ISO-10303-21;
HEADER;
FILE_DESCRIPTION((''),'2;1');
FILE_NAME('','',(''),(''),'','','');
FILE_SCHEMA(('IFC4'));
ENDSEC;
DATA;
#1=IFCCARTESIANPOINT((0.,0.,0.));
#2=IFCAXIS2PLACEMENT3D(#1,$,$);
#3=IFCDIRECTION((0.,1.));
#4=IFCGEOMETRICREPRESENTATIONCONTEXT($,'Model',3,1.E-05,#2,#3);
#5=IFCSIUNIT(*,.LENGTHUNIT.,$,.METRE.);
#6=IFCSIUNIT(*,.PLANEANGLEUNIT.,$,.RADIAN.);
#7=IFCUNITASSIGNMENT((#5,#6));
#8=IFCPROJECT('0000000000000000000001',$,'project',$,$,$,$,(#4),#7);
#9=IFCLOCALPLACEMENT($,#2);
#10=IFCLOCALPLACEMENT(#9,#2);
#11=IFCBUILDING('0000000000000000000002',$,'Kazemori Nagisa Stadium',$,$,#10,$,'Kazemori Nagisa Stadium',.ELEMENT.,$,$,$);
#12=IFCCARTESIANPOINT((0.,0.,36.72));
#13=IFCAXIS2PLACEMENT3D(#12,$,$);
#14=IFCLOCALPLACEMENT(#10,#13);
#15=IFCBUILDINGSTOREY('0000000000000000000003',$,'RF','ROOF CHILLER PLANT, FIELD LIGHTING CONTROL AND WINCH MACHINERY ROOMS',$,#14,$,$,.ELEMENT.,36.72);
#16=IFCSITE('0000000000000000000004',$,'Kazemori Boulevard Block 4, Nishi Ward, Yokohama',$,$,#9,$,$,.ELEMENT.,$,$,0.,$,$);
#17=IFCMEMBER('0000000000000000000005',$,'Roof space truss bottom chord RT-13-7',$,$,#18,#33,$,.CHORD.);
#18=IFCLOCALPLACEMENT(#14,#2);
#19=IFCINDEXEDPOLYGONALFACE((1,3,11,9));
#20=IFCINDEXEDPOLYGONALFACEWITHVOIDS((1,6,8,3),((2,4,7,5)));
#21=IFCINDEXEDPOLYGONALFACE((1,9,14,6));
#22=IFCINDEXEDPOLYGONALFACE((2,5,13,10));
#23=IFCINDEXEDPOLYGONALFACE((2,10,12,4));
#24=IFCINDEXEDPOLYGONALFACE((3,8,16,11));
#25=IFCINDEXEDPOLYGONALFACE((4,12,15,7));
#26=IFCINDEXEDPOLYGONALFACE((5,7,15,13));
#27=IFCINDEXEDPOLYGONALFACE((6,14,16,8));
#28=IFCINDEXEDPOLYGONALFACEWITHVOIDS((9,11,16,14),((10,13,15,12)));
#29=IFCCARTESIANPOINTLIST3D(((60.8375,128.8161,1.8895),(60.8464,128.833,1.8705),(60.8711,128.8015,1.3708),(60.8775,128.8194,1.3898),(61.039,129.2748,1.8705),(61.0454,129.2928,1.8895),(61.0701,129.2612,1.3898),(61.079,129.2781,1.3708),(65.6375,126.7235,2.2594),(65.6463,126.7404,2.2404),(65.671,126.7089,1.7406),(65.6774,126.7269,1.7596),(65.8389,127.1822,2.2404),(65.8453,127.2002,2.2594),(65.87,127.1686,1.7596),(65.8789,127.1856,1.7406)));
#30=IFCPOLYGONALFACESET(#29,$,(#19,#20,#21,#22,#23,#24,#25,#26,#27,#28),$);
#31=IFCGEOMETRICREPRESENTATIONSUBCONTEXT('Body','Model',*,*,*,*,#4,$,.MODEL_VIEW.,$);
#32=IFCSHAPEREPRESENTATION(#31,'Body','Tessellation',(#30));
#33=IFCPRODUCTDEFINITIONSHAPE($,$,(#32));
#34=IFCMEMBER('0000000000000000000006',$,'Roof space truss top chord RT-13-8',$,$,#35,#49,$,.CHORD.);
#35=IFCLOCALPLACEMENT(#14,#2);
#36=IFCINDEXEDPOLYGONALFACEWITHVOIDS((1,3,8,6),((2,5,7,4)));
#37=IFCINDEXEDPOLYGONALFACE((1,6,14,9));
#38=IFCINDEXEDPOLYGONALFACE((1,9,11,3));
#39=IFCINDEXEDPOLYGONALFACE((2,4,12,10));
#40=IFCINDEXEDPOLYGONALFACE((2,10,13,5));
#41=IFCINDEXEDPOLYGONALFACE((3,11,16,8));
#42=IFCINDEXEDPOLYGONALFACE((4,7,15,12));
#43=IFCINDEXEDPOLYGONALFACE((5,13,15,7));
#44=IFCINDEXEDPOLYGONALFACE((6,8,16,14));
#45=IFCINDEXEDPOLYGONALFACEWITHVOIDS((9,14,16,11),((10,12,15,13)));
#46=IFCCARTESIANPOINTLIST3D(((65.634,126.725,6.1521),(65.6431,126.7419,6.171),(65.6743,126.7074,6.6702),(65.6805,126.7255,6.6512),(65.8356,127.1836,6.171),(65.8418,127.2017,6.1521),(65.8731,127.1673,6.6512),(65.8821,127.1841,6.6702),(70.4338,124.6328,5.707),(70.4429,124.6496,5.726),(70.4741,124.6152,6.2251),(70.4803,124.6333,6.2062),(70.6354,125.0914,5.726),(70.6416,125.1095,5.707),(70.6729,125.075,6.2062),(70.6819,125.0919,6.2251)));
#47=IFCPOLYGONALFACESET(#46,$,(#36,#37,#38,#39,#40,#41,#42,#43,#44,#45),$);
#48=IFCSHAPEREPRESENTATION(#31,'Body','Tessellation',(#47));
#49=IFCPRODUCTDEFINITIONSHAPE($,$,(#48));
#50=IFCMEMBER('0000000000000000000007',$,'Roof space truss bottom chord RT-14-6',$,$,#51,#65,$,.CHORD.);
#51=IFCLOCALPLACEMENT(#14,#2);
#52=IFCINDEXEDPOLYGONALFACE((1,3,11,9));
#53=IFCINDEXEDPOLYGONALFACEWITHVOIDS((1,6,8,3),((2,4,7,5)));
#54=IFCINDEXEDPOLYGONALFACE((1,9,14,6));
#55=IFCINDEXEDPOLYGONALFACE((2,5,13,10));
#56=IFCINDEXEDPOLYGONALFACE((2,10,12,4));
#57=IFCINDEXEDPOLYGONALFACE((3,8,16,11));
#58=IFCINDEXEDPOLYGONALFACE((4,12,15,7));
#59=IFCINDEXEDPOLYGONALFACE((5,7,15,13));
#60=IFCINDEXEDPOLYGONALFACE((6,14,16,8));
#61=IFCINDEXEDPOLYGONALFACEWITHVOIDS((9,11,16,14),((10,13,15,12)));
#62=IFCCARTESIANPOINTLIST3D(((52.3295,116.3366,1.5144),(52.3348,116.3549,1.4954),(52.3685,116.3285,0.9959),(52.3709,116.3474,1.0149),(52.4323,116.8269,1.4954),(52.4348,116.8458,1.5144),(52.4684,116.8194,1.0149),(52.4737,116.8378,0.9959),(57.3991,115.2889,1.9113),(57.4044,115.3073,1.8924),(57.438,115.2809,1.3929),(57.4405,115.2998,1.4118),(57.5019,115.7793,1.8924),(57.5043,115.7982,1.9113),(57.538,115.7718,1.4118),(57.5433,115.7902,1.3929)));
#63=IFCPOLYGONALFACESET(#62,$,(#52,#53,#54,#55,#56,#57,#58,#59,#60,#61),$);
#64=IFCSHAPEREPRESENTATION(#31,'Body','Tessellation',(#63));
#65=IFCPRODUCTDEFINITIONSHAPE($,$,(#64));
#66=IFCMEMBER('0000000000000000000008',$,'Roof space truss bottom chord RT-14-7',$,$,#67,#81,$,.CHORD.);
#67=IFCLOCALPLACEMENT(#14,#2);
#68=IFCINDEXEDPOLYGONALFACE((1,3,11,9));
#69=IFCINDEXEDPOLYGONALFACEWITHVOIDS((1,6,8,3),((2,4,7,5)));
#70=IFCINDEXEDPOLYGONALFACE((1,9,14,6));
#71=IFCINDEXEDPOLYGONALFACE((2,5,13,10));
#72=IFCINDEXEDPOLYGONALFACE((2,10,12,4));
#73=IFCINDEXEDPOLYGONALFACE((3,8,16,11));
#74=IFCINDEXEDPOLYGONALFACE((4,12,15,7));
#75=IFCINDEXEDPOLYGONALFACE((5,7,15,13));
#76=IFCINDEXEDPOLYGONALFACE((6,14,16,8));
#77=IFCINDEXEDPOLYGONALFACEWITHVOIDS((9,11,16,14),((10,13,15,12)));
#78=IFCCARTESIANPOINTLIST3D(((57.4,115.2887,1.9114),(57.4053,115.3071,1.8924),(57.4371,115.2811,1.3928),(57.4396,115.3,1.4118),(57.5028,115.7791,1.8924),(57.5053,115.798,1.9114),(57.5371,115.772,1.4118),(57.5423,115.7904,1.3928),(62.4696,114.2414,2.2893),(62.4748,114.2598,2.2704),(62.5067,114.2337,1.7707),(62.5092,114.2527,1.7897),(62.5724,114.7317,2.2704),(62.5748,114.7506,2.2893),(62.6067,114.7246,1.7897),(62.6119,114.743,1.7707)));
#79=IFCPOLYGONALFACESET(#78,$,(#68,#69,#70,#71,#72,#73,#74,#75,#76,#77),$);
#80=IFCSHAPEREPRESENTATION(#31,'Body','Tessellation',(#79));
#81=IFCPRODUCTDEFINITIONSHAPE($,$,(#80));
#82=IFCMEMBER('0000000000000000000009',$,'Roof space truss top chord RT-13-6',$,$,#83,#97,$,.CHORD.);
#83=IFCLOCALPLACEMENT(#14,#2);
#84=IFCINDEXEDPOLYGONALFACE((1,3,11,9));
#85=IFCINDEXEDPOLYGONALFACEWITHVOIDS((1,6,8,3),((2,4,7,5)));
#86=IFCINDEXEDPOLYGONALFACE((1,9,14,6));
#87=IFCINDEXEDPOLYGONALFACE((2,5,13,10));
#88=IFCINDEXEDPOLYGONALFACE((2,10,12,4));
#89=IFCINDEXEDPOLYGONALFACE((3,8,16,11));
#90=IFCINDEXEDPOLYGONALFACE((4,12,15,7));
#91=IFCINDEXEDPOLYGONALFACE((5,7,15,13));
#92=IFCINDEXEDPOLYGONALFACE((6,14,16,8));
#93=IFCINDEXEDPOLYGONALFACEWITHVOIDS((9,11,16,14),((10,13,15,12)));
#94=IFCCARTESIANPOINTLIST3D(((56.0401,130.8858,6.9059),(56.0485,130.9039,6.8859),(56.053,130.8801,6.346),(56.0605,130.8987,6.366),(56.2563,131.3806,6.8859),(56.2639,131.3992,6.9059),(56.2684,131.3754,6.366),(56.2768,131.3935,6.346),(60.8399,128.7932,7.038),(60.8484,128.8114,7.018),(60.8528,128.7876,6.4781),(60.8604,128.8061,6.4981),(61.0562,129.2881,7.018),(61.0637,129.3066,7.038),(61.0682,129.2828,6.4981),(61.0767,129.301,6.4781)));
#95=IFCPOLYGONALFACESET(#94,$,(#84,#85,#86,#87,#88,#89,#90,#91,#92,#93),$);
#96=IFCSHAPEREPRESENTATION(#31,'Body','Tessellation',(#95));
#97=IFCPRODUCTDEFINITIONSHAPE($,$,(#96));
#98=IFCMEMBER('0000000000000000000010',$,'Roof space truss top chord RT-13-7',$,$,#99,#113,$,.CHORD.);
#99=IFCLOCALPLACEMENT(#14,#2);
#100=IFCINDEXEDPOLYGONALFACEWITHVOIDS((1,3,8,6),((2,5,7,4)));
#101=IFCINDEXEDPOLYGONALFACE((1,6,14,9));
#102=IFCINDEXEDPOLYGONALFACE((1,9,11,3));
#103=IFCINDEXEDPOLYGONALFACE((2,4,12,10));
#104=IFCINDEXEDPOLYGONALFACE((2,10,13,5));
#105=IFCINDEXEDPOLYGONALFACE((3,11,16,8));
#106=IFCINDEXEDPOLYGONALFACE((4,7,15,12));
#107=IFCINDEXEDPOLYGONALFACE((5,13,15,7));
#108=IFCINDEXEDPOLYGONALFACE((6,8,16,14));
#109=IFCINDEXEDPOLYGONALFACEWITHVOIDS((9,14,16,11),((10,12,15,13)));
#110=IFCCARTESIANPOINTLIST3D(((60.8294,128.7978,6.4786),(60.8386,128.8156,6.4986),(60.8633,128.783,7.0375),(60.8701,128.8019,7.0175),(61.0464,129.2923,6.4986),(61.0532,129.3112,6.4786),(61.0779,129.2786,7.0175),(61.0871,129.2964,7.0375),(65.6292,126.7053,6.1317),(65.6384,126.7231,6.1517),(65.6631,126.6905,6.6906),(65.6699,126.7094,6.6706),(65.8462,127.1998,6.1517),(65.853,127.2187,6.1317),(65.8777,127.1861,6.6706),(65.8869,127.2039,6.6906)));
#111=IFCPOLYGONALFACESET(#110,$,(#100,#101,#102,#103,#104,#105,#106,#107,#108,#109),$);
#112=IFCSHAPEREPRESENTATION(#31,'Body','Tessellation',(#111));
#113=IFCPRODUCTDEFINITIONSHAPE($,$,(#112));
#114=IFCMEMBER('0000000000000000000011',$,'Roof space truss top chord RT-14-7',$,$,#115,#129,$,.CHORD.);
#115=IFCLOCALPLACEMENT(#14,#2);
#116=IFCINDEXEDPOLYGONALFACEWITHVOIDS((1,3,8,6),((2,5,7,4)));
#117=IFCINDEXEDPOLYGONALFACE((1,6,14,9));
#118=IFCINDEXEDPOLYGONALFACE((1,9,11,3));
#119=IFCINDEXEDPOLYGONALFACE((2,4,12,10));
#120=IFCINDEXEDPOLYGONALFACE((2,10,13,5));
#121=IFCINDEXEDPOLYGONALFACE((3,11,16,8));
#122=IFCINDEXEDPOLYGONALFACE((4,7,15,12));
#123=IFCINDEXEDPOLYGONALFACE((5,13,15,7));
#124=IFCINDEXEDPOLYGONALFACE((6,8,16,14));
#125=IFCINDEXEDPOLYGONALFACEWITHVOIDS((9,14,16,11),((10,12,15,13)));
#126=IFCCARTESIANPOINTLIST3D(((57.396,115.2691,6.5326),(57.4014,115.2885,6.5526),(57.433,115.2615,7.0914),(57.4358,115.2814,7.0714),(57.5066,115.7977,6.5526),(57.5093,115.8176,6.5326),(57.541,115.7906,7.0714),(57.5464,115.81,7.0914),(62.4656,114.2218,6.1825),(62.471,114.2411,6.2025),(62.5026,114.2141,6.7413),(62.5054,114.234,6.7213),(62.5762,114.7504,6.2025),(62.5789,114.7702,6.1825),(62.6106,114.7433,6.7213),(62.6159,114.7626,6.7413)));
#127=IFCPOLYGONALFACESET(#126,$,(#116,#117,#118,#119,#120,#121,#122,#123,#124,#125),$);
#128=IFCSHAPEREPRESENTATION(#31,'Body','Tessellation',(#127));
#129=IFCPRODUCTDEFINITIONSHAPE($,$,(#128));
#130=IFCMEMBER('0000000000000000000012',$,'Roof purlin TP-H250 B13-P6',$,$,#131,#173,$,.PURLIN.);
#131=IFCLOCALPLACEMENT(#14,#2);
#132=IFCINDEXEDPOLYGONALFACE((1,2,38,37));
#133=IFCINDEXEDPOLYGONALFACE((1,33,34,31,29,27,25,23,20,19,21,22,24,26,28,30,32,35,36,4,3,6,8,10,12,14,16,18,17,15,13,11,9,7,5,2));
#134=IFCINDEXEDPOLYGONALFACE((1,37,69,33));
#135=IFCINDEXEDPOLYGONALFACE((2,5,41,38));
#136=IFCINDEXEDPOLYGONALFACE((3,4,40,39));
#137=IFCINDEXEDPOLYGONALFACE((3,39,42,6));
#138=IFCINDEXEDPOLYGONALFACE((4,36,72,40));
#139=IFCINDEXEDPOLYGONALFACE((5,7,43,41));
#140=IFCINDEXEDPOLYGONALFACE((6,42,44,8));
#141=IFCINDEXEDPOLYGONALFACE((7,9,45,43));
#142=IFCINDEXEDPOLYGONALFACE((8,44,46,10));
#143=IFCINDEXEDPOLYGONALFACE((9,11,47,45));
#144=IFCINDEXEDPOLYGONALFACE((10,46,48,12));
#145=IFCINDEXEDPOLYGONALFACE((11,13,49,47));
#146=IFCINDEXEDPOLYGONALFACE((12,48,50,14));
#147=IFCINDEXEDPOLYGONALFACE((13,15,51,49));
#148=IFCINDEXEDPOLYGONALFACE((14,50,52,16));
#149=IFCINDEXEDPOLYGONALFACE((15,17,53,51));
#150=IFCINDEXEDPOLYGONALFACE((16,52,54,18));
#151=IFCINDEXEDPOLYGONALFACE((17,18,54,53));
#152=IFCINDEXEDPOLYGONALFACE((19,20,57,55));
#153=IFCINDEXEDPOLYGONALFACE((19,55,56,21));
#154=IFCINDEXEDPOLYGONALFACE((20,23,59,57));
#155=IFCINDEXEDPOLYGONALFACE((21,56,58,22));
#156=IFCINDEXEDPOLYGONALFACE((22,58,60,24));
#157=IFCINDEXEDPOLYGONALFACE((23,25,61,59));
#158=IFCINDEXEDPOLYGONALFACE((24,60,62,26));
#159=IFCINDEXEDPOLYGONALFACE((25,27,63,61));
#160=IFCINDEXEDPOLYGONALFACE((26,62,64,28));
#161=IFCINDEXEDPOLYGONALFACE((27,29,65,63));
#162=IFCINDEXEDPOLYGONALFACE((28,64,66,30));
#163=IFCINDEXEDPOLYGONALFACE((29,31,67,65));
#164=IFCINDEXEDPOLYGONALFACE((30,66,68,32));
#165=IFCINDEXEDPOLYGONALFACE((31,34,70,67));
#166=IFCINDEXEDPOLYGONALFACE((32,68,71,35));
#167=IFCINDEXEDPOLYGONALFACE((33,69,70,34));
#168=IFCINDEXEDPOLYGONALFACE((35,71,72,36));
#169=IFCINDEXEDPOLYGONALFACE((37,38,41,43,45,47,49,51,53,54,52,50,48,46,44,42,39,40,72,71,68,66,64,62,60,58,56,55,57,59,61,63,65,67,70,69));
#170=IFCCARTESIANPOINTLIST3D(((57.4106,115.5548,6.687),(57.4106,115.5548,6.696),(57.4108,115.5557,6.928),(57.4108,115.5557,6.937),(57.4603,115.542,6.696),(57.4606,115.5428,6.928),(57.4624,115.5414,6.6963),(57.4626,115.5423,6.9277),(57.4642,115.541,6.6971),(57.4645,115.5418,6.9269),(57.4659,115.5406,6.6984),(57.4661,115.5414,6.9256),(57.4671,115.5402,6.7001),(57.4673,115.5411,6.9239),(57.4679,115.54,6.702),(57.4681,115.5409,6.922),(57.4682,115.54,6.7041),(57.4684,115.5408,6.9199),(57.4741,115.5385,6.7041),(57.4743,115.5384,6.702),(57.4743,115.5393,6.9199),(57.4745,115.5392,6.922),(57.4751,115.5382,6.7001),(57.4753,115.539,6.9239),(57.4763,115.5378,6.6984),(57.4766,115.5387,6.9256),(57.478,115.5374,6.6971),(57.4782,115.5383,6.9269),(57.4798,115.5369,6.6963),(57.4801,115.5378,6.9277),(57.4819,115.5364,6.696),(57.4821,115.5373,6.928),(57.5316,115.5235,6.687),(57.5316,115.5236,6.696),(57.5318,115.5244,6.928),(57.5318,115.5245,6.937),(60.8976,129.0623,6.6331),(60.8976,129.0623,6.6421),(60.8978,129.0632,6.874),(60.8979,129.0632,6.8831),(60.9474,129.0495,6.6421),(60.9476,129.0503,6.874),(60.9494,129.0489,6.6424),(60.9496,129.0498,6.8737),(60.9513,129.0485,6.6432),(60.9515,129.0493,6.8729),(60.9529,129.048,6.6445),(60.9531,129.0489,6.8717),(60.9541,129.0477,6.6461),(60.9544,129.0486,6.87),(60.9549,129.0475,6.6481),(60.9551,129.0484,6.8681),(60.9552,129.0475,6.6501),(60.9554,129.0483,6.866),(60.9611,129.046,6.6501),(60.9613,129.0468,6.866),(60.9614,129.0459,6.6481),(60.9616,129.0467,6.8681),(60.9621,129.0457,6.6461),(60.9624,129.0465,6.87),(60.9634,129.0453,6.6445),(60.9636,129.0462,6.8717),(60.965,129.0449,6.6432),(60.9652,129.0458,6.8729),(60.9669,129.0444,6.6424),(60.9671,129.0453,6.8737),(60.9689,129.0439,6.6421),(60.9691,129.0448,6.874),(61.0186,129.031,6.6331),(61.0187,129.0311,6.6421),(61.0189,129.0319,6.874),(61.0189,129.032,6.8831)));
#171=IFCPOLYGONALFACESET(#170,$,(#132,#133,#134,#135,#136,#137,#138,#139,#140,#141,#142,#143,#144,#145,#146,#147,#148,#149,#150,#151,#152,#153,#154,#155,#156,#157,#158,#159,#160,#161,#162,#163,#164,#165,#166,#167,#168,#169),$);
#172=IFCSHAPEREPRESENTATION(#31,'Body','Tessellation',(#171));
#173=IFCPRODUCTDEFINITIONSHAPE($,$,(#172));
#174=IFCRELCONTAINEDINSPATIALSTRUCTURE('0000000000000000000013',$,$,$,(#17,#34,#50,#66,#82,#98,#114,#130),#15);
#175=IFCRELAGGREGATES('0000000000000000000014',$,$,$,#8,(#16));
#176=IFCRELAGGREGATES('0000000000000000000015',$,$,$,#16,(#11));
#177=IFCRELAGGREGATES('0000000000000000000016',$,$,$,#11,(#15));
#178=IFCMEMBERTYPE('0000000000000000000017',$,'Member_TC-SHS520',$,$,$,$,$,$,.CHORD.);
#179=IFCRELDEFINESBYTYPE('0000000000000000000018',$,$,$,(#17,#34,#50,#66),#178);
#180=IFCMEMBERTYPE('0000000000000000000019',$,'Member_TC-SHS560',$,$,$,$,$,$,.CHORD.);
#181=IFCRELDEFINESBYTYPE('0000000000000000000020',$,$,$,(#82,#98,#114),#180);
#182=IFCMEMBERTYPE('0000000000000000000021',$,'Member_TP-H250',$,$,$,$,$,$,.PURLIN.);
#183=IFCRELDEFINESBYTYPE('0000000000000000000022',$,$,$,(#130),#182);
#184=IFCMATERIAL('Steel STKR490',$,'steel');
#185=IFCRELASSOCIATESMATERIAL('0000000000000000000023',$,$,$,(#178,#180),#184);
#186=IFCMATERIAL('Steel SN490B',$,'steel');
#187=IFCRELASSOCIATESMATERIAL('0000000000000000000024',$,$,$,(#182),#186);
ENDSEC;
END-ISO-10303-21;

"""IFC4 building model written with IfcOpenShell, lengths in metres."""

from ifc_helpers import new_model, si_unit, direction, frame, origin, origin_2d, place, context, subcontext, project, spatial, hollow_rectangle, i_section, extrude, material, material_profile, profile_set, type_object, element, save


model = new_model("IFC4")

# Units and contexts
model_context = context("Model", 3, precision=1e-05, world=origin(), true_north=direction((0.0, 1.0)))
body_context = subcontext(model_context, "Body", "Model", "MODEL_VIEW")
ifc_project = project(units=[si_unit("LENGTHUNIT", "METRE"), si_unit("PLANEANGLEUNIT", "RADIAN")], contexts=[model_context])

# Site, building, storey
site_placement = place(None, origin())
site = spatial("IfcSite", under=ifc_project, at=site_placement, Name="Kazemori Boulevard Block 4, Nishi Ward, Yokohama", CompositionType="ELEMENT", RefElevation=0.0)
building_placement = place(site_placement, origin())
building = spatial("IfcBuilding", under=site, at=building_placement, Name="Kazemori Nagisa Stadium", LongName="Kazemori Nagisa Stadium", CompositionType="ELEMENT")
storey_placement = place(building_placement, frame((0.0, 0.0, 36.72)))
storey = spatial("IfcBuildingStorey", under=building, at=storey_placement, Name="RF", Description="ROOF CHILLER PLANT, FIELD LIGHTING CONTROL AND WINCH MACHINERY ROOMS", CompositionType="ELEMENT", Elevation=36.72)

# Members
ifc_material_1 = material(Name="Steel STKR490", Category="steel")
ifc_material_profile_1 = material_profile(ifc_material_1, hollow_rectangle(XDim=0.52, YDim=0.52, WallThickness=0.019, at=origin_2d()), Name="SHS-520x520x19")
ifc_profile_set_1 = profile_set([ifc_material_profile_1], Name="Steel STKR490")
member_type_1 = type_object("IfcMemberType", Name="Member_TC-SHS520", PredefinedType="CHORD", material=ifc_profile_set_1)
member_1_placement = place(storey_placement, frame((60.9583, 129.0471, 1.6301), z_axis=(0.914396, -0.398641, 0.070463), x_axis=(0.399635, 0.916675, 0.0)))
element("IfcMember", 1, at=member_1_placement, inside=storey, type_object=member_type_1, Name="Roof space truss bottom chord RT-13-7", PredefinedType="CHORD", context=body_context, shape_type="SweptSolid", body=[
    extrude(hollow_rectangle(XDim=0.52, YDim=0.52, WallThickness=0.019, at=origin_2d()), origin(), (0.0, 0.0, 1.0), 5.2493),
])
member_2_placement = place(storey_placement, frame((65.7581, 126.9546, 6.4111), z_axis=(0.913398, -0.39816, -0.084696), x_axis=(0.399595, 0.916692, 0.0)))
element("IfcMember", 2, at=member_2_placement, inside=storey, type_object=member_type_1, Name="Roof space truss top chord RT-13-8", PredefinedType="CHORD", context=body_context, shape_type="SweptSolid", body=[
    extrude(hollow_rectangle(XDim=0.52, YDim=0.52, WallThickness=0.019, at=origin_2d()), origin(), (0.0, 0.0, 1.0), 5.2549),
])
member_3_placement = place(storey_placement, frame((52.4016, 116.5872, 1.2551), z_axis=(0.976442, -0.201778, 0.07646), x_axis=(0.20237, 0.979309, 0.0)))
element("IfcMember", 3, at=member_3_placement, inside=storey, type_object=member_type_1, Name="Roof space truss bottom chord RT-14-6", PredefinedType="CHORD", context=body_context, shape_type="SweptSolid", body=[
    extrude(hollow_rectangle(XDim=0.52, YDim=0.52, WallThickness=0.019, at=origin_2d()), origin(), (0.0, 0.0, 1.0), 5.1919),
])
member_4_placement = place(storey_placement, frame((57.4712, 115.5396, 1.6521), z_axis=(0.976719, -0.201788, 0.072813), x_axis=(0.202325, 0.979318, 0.0)))
element("IfcMember", 4, at=member_4_placement, inside=storey, type_object=member_type_1, Name="Roof space truss bottom chord RT-14-7", PredefinedType="CHORD", context=body_context, shape_type="SweptSolid", body=[
    extrude(hollow_rectangle(XDim=0.52, YDim=0.52, WallThickness=0.019, at=origin_2d()), origin(), (0.0, 0.0, 1.0), 5.1904),
])
ifc_material_profile_2 = material_profile(ifc_material_1, hollow_rectangle(XDim=0.5601, YDim=0.5601, WallThickness=0.02, at=origin_2d()), Name="SHS-560x560x20")
ifc_profile_set_2 = profile_set([ifc_material_profile_2], Name="Steel STKR490")
member_type_2 = type_object("IfcMemberType", Name="Member_TC-SHS560", PredefinedType="CHORD", material=ifc_profile_set_2)
member_5_placement = place(storey_placement, frame((56.1584, 131.1396, 6.626), z_axis=(0.916383, -0.399508, 0.025217), x_axis=(0.399635, 0.916675, 0.0)))
element("IfcMember", 5, at=member_5_placement, inside=storey, type_object=member_type_2, Name="Roof space truss top chord RT-13-6", PredefinedType="CHORD", context=body_context, shape_type="SweptSolid", body=[
    extrude(hollow_rectangle(XDim=0.5601, YDim=0.5601, WallThickness=0.02, at=origin_2d()), origin(), (0.0, 0.0, 1.0), 5.2378),
])
member_6_placement = place(storey_placement, frame((60.9583, 129.0471, 6.7581), z_axis=(0.914669, -0.39876, -0.066111), x_axis=(0.399635, 0.916675, 0.0)))
element("IfcMember", 6, at=member_6_placement, inside=storey, type_object=member_type_2, Name="Roof space truss top chord RT-13-7", PredefinedType="CHORD", context=body_context, shape_type="SweptSolid", body=[
    extrude(hollow_rectangle(XDim=0.5601, YDim=0.5601, WallThickness=0.02, at=origin_2d()), origin(), (0.0, 0.0, 1.0), 5.2476),
])
member_7_placement = place(storey_placement, frame((57.4712, 115.5396, 6.812), z_axis=(0.977086, -0.201864, -0.067476), x_axis=(0.202325, 0.979318, 0.0)))
element("IfcMember", 7, at=member_7_placement, inside=storey, type_object=member_type_2, Name="Roof space truss top chord RT-14-7", PredefinedType="CHORD", context=body_context, shape_type="SweptSolid", body=[
    extrude(hollow_rectangle(XDim=0.5601, YDim=0.5601, WallThickness=0.02, at=origin_2d()), origin(), (0.0, 0.0, 1.0), 5.1885),
])
ifc_material_2 = material(Name="Steel SN490B", Category="steel")
ifc_material_profile_3 = material_profile(ifc_material_2, i_section(OverallWidth=0.125, OverallDepth=0.25, WebThickness=0.0061, FlangeThickness=0.009, FilletRadius=0.0081, at=origin_2d()), Name="H-250x125x6x9")
ifc_profile_set_3 = profile_set([ifc_material_profile_3], Name="Steel SN490B")
member_type_3 = type_object("IfcMemberType", Name="Member_TP-H250", PredefinedType="PURLIN", material=ifc_profile_set_3)
member_8_placement = place(storey_placement, frame((60.9583, 129.0471, 6.7581), z_axis=(-0.249959, -0.968249, 0.003868), x_axis=(0.968256, -0.249961, 0.0)))
element("IfcMember", 8, at=member_8_placement, inside=storey, type_object=member_type_3, Name="Roof purlin TP-H250 B13-P6", PredefinedType="PURLIN", context=body_context, shape_type="SweptSolid", body=[
    extrude(i_section(OverallWidth=0.125, OverallDepth=0.25, WebThickness=0.0061, FlangeThickness=0.009, FilletRadius=0.0081, at=origin_2d()), origin(), (0.0, 0.0, 1.0), 13.9504),
])

save(model, "model.ifc")
